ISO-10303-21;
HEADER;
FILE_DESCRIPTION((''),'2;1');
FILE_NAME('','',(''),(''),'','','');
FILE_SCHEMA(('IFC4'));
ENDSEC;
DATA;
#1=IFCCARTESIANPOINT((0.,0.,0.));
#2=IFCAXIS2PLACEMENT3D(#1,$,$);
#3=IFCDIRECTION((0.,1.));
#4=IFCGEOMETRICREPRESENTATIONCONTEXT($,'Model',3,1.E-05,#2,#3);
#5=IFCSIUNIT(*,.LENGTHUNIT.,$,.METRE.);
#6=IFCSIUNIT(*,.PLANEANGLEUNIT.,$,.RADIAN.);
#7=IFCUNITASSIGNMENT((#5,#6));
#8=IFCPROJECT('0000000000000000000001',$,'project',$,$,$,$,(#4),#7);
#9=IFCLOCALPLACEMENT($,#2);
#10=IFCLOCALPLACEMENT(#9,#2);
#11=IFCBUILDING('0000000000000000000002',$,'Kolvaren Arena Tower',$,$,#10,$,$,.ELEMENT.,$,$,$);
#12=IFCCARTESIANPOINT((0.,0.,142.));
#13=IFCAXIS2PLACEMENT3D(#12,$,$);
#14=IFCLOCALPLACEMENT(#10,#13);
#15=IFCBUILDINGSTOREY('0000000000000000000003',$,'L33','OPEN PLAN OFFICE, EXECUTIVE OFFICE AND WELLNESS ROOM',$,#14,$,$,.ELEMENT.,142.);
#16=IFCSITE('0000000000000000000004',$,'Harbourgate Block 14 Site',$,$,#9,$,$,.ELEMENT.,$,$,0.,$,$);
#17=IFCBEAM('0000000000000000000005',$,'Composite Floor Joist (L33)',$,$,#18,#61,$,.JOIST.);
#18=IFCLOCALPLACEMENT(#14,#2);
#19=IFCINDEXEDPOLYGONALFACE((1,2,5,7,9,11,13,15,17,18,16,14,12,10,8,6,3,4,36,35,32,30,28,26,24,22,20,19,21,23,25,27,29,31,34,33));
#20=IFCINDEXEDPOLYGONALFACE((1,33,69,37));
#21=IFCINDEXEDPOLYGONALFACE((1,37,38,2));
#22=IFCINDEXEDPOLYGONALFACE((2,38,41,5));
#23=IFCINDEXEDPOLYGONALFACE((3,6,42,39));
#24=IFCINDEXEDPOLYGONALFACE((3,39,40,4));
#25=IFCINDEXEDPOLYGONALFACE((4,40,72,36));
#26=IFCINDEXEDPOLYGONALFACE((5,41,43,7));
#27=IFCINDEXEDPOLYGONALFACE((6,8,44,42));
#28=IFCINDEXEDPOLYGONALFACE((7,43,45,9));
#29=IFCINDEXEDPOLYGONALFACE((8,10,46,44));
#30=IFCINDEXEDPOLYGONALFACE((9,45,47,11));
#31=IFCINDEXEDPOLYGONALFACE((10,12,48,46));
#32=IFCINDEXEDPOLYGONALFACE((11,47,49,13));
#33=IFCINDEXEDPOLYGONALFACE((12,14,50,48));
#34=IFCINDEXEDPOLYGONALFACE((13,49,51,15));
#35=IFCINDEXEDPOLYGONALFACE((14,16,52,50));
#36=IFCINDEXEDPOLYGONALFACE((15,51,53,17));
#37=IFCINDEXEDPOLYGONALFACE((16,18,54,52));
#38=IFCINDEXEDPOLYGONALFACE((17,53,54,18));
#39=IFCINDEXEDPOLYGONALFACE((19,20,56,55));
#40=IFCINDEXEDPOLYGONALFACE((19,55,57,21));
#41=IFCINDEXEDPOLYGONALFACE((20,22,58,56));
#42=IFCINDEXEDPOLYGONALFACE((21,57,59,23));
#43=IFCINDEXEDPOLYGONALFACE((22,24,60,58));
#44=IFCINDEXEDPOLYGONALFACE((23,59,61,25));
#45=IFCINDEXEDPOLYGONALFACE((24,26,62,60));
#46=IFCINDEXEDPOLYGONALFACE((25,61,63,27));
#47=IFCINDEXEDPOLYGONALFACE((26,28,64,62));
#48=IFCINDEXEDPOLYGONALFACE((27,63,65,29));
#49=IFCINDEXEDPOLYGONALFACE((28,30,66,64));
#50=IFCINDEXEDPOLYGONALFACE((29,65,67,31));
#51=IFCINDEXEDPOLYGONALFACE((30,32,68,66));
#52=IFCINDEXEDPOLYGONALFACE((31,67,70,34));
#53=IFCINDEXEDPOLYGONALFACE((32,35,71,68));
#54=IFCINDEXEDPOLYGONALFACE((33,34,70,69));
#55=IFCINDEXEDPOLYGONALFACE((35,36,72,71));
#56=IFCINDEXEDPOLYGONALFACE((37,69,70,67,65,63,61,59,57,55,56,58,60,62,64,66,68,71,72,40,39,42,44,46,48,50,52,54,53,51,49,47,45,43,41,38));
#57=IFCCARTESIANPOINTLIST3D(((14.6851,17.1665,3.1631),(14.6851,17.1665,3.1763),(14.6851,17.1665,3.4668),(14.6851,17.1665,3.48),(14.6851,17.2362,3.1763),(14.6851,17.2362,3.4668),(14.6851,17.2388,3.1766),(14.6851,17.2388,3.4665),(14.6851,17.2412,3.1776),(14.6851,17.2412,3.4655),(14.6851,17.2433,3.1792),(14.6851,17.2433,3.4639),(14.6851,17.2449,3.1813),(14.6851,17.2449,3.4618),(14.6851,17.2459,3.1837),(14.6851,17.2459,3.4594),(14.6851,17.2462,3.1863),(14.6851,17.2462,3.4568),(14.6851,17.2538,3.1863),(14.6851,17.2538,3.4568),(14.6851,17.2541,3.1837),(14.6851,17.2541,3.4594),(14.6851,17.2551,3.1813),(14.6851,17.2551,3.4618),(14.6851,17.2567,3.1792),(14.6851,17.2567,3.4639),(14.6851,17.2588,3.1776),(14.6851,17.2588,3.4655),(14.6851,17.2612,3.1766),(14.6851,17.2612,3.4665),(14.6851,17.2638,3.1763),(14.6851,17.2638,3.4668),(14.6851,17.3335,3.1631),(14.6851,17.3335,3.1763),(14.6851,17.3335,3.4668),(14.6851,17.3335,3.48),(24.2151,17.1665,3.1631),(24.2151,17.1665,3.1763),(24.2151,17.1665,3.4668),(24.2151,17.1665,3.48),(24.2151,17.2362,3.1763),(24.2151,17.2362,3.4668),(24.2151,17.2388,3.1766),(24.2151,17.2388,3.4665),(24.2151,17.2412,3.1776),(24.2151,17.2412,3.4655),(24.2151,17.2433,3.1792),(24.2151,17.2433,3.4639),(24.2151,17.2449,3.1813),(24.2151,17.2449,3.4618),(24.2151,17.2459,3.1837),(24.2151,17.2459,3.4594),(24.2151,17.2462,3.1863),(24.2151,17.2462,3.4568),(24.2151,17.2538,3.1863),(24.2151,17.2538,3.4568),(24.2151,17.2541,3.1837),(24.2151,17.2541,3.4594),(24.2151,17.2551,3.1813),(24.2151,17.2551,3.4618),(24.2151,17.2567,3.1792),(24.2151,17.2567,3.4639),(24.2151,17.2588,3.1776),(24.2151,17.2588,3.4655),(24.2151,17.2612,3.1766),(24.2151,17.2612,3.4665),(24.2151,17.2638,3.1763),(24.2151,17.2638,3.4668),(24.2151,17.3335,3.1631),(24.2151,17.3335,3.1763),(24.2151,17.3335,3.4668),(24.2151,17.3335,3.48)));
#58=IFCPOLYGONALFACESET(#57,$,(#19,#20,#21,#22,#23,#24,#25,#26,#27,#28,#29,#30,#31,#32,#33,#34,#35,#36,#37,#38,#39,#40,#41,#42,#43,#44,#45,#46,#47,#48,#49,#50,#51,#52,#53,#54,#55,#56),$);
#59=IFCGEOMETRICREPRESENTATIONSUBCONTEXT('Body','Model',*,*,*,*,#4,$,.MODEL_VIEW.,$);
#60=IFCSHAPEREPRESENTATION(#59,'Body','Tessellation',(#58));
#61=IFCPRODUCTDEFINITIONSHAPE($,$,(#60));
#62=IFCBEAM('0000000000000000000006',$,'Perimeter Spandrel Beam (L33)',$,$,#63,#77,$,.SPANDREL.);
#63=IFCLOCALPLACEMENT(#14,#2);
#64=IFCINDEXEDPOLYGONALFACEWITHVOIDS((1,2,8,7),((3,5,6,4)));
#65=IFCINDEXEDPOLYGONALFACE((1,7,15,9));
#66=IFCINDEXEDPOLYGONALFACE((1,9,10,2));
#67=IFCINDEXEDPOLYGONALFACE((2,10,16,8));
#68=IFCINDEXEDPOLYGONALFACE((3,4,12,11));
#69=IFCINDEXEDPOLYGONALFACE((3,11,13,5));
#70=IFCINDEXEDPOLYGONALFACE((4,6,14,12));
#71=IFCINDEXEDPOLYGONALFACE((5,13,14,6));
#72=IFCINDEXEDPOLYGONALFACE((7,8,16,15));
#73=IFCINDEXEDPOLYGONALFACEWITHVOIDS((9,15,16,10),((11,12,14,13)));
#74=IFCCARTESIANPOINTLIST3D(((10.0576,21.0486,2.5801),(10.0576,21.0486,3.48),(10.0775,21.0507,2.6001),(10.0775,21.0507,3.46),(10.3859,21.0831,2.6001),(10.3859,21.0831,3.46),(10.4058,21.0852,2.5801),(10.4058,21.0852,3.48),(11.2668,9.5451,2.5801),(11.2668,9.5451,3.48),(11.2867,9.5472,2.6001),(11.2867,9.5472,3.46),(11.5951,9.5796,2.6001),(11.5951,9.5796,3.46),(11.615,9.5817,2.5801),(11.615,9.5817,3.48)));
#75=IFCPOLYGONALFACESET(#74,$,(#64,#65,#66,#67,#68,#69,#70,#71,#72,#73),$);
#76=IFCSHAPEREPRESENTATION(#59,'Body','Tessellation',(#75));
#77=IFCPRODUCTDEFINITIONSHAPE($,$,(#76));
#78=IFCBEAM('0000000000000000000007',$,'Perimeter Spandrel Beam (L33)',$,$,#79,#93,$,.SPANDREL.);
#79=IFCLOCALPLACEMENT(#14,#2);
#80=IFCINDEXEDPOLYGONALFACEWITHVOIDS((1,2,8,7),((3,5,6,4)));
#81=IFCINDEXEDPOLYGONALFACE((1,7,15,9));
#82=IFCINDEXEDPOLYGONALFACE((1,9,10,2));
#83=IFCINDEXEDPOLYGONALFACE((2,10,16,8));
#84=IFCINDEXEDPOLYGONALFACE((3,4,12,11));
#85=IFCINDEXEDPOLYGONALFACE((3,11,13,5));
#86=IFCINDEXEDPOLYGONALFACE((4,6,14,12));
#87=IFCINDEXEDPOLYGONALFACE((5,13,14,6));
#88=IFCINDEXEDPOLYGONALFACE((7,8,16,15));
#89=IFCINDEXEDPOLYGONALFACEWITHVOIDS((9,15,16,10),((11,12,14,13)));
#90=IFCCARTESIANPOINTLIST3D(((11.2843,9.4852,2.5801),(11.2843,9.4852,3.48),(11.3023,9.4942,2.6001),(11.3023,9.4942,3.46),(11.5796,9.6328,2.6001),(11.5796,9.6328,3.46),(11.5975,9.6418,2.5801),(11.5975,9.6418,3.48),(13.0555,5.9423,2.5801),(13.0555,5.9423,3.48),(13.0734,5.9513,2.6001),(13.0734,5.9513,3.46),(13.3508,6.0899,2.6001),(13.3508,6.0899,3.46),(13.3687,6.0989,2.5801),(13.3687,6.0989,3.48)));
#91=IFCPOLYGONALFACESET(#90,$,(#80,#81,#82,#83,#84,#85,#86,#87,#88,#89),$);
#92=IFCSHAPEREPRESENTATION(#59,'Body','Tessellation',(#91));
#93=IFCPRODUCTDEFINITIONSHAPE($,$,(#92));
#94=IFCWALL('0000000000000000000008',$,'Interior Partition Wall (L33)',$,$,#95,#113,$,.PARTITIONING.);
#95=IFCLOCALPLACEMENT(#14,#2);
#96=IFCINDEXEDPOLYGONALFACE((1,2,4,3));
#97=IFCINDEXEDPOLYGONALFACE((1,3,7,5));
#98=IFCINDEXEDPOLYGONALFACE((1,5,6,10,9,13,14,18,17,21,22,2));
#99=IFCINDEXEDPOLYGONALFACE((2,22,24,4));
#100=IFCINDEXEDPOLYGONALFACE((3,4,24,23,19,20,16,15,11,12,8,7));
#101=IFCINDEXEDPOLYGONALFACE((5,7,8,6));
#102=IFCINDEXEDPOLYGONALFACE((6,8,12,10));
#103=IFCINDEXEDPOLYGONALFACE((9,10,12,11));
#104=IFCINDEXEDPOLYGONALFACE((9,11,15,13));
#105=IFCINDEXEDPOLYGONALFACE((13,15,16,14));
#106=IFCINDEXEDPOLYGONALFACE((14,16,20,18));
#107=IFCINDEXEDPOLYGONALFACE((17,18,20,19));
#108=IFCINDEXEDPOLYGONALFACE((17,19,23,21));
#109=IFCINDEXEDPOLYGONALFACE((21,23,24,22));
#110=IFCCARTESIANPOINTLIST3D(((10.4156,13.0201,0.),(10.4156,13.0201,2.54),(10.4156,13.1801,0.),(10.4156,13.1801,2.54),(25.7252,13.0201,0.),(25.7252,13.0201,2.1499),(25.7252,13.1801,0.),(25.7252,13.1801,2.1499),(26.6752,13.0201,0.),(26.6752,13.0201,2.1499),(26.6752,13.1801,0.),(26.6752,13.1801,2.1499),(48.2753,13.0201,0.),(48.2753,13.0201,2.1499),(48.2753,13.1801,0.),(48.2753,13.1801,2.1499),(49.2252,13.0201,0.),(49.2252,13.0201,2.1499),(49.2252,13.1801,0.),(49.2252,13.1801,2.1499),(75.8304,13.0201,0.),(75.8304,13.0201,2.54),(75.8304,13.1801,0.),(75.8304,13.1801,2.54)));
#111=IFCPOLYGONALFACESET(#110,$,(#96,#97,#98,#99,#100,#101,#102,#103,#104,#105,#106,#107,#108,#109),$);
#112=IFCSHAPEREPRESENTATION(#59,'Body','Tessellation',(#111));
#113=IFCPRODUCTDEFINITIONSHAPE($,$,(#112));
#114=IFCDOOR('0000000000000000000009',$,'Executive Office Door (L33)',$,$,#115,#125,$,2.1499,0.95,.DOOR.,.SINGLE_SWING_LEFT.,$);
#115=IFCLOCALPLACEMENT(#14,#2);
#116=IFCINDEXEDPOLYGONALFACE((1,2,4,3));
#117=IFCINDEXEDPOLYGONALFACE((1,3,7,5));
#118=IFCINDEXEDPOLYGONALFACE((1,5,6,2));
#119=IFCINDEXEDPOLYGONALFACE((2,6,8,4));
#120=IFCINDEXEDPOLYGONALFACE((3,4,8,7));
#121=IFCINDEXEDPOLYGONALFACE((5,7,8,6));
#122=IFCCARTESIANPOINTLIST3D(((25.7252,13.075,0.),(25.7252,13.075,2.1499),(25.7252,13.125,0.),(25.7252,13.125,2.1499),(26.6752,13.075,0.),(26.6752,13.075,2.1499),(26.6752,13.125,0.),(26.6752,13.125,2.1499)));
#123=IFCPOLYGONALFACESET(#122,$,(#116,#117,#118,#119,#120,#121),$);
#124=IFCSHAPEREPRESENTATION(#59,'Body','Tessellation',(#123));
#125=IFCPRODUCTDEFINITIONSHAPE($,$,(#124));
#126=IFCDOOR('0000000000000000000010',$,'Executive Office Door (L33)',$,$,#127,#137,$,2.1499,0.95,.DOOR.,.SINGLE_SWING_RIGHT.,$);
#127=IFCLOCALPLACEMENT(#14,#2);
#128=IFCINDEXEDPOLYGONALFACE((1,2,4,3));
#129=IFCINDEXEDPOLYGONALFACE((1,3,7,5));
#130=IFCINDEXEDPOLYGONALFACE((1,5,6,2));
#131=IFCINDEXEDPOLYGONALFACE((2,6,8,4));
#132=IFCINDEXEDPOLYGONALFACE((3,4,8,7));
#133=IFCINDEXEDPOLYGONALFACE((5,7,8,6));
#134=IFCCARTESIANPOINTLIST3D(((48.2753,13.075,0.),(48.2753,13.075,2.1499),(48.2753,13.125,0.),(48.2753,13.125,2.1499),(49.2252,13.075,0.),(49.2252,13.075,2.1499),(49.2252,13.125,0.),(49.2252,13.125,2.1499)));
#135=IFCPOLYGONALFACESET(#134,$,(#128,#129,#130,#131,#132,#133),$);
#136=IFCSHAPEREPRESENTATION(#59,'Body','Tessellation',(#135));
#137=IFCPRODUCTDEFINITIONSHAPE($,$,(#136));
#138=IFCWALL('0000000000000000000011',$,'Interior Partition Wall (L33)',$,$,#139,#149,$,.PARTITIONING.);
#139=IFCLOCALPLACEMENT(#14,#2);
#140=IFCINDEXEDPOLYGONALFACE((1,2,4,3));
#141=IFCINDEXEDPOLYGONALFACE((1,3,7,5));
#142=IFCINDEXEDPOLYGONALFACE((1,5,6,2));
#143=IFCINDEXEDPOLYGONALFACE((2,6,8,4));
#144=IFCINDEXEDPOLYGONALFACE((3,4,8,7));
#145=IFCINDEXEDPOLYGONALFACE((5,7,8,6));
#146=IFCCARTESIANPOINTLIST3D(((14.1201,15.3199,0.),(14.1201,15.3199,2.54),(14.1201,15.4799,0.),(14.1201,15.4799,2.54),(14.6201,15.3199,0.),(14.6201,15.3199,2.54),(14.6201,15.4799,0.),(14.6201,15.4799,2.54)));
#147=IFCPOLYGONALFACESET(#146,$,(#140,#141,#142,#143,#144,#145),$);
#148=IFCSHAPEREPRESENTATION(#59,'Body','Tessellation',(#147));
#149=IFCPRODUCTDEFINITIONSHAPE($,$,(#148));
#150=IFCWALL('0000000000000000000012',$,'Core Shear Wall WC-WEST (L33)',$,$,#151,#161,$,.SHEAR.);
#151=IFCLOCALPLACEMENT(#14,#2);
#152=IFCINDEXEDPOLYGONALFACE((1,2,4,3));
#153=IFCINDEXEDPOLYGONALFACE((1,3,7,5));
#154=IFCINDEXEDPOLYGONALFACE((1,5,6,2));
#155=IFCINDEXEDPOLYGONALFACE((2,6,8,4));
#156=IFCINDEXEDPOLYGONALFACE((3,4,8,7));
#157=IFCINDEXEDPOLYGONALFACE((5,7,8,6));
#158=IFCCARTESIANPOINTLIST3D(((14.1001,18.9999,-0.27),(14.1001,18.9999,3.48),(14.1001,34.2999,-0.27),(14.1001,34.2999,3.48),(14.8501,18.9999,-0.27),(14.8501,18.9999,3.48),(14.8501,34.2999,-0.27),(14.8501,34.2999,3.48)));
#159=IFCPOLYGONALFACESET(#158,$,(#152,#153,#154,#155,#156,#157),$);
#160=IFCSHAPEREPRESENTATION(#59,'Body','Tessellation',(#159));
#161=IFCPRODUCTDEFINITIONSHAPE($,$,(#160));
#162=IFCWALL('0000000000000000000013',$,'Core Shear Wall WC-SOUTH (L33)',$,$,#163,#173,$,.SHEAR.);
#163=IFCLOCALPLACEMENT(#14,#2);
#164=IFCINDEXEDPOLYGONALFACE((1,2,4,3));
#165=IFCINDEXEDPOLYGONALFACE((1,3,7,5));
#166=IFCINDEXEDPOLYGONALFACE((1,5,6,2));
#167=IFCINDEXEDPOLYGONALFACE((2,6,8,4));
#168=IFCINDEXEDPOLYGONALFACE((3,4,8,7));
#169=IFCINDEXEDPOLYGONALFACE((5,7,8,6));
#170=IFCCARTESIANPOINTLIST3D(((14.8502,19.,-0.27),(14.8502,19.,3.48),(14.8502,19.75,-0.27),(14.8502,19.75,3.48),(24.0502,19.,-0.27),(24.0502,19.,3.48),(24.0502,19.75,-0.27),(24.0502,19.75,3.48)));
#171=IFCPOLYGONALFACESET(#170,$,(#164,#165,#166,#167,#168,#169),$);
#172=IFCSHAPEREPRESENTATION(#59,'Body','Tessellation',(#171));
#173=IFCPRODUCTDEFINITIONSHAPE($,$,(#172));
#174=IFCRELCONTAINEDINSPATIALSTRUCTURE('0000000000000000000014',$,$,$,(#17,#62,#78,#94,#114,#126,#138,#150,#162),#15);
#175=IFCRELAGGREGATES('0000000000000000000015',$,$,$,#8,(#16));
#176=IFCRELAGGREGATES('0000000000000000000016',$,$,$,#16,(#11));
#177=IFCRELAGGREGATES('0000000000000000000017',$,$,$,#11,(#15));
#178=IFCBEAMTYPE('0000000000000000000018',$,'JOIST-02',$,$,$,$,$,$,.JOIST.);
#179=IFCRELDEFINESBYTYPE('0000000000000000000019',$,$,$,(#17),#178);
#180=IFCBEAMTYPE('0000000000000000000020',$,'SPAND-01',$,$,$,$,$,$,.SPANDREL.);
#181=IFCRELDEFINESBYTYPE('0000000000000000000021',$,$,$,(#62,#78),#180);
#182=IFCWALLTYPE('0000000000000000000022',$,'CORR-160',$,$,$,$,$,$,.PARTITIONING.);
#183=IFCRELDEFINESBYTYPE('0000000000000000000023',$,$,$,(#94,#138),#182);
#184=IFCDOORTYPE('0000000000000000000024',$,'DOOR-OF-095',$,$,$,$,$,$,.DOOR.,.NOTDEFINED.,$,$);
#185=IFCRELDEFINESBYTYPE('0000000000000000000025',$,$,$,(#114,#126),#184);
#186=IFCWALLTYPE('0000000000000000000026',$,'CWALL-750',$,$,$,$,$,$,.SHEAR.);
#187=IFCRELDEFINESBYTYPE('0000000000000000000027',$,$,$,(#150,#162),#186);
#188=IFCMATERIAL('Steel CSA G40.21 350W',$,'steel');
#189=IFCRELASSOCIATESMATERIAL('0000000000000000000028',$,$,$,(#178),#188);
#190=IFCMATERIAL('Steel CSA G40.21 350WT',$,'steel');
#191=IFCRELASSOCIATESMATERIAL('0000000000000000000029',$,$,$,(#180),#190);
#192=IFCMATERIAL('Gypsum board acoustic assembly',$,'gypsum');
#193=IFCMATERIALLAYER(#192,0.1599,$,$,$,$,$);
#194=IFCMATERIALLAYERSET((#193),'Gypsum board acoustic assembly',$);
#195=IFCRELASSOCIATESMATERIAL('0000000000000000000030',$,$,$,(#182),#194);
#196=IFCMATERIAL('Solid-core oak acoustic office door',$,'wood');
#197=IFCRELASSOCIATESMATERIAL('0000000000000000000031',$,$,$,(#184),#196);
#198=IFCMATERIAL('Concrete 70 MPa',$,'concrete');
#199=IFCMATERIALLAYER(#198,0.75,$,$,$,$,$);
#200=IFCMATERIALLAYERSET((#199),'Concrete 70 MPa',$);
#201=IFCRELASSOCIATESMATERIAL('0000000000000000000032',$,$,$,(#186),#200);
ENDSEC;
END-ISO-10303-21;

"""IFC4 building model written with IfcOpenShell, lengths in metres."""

from ifc_helpers import new_model, si_unit, direction, frame, frame_2d, origin, origin_2d, place, context, subcontext, project, spatial, rectangle, hollow_rectangle, i_section, extrude, material, layer, layer_set, material_profile, profile_set, type_object, element, fill, save


model = new_model("IFC4")

# Units and contexts
model_context = context("Model", 3, precision=1e-05, world=origin(), true_north=direction((0.0, 1.0)))
body_context = subcontext(model_context, "Body", "Model", "MODEL_VIEW")
ifc_project = project(units=[si_unit("LENGTHUNIT", "METRE"), si_unit("PLANEANGLEUNIT", "RADIAN")], contexts=[model_context])

# Site, building, storey
site_placement = place(None, origin())
site = spatial("IfcSite", under=ifc_project, at=site_placement, Name="Harbourgate Block 14 Site", CompositionType="ELEMENT", RefElevation=0.0)
building_placement = place(site_placement, origin())
building = spatial("IfcBuilding", under=site, at=building_placement, Name="Kolvaren Arena Tower", CompositionType="ELEMENT")
storey_placement = place(building_placement, frame((0.0, 0.0, 142.0)))
storey = spatial("IfcBuildingStorey", under=building, at=storey_placement, Name="L33", Description="OPEN PLAN OFFICE, EXECUTIVE OFFICE AND WELLNESS ROOM", CompositionType="ELEMENT", Elevation=142.0)

# Beams
ifc_material_1 = material(Name="Steel CSA G40.21 350W", Category="steel")
ifc_material_profile_1 = material_profile(ifc_material_1, i_section(OverallWidth=0.167, OverallDepth=0.3169, WebThickness=0.0076, FlangeThickness=0.0132, FilletRadius=0.01, at=origin_2d()), Name="W310x52")
ifc_profile_set_1 = profile_set([ifc_material_profile_1], Name="Steel CSA G40.21 350W")
beam_type_1 = type_object("IfcBeamType", Name="JOIST-02", PredefinedType="JOIST", material=ifc_profile_set_1)
beam_1_placement = place(storey_placement, frame((14.6851, 17.25, 3.3215), z_axis=(1.0, 0.0, 0.0), x_axis=(0.0, 1.0, 0.0)))
element("IfcBeam", 1, at=beam_1_placement, inside=storey, type_object=beam_type_1, Name="Composite Floor Joist (L33)", PredefinedType="JOIST", context=body_context, shape_type="SweptSolid", body=[
    extrude(i_section(OverallWidth=0.167, OverallDepth=0.3169, WebThickness=0.0076, FlangeThickness=0.0132, FilletRadius=0.01, at=origin_2d()), origin(), (0.0, 0.0, 1.0), 9.53),
])
ifc_material_2 = material(Name="Steel CSA G40.21 350WT", Category="steel")
ifc_material_profile_2 = material_profile(ifc_material_2, hollow_rectangle(XDim=0.3501, YDim=0.8999, WallThickness=0.02, at=origin_2d()), Name="HSS 900x350x20")
ifc_profile_set_2 = profile_set([ifc_material_profile_2], Name="Steel CSA G40.21 350WT")
beam_type_2 = type_object("IfcBeamType", Name="SPAND-01", PredefinedType="SPANDREL", material=ifc_profile_set_2)
beam_2_placement = place(storey_placement, frame((10.2317, 21.0669, 3.03), z_axis=(0.104543, -0.99452, 0.0), x_axis=(0.99452, 0.104543, 0.0)))
element("IfcBeam", 2, at=beam_2_placement, inside=storey, type_object=beam_type_2, Name="Perimeter Spandrel Beam (L33)", PredefinedType="SPANDREL", context=body_context, shape_type="SweptSolid", body=[
    extrude(hollow_rectangle(XDim=0.3501, YDim=0.8999, WallThickness=0.02, at=origin_2d()), origin(), (0.0, 0.0, 1.0), 11.5669),
])
beam_3_placement = place(storey_placement, frame((11.4409, 9.5635, 3.03), z_axis=(0.447164, -0.894452, 0.0), x_axis=(0.894452, 0.447164, 0.0)))
element("IfcBeam", 3, at=beam_3_placement, inside=storey, type_object=beam_type_2, Name="Perimeter Spandrel Beam (L33)", PredefinedType="SPANDREL", context=body_context, shape_type="SweptSolid", body=[
    extrude(hollow_rectangle(XDim=0.3501, YDim=0.8999, WallThickness=0.02, at=origin_2d()), origin(), (0.0, 0.0, 1.0), 3.9609),
])

# Wall, openings, doors
ifc_material_3 = material(Name="Gypsum board acoustic assembly", Category="gypsum")
ifc_layer_1 = layer(ifc_material_3, 0.1599)
ifc_layer_set_1 = layer_set([ifc_layer_1], Name="Gypsum board acoustic assembly")
wall_type_1 = type_object("IfcWallType", Name="CORR-160", PredefinedType="PARTITIONING", material=ifc_layer_set_1)
wall_1_placement = place(storey_placement, frame((10.4155, 13.1001, 0.0), z_axis=(0.0, 0.0, 1.0), x_axis=(1.0, 0.0, 0.0)))
wall_1 = element("IfcWall", 4, at=wall_1_placement, inside=storey, type_object=wall_type_1, Name="Interior Partition Wall (L33)", PredefinedType="PARTITIONING", context=body_context, shape_type="SweptSolid", body=[
    extrude(rectangle(XDim=65.4148, YDim=0.1599, at=frame_2d((32.7075, 0.0))), origin(), (0.0, 0.0, 1.0), 2.54),
])
opening_1_placement = place(wall_1_placement, frame((15.3096, 0.0, 0.0)))
opening_1 = element("IfcOpeningElement", 5, at=opening_1_placement, cuts=wall_1, PredefinedType="OPENING", context=body_context, shape_type="SweptSolid", body=[
    extrude(rectangle(XDim=0.95, YDim=2.1499, at=frame_2d((0.4751, 1.075))), frame((0.0, 0.0898, 0.0), z_axis=(0.0, -1.0, 0.0), x_axis=(1.0, 0.0, 0.0)), (0.0, 0.0, 1.0), 0.1799),
])
opening_2_placement = place(wall_1_placement, frame((37.8596, 0.0, 0.0)))
opening_2 = element("IfcOpeningElement", 6, at=opening_2_placement, cuts=wall_1, PredefinedType="OPENING", context=body_context, shape_type="SweptSolid", body=[
    extrude(rectangle(XDim=0.95, YDim=2.1499, at=frame_2d((0.4751, 1.075))), frame((0.0, 0.0898, 0.0), z_axis=(0.0, -1.0, 0.0), x_axis=(1.0, 0.0, 0.0)), (0.0, 0.0, 1.0), 0.1799),
])
ifc_material_4 = material(Name="Solid-core oak acoustic office door", Category="wood")
door_type_1 = type_object("IfcDoorType", Name="DOOR-OF-095", OperationType="NOTDEFINED", PredefinedType="DOOR", material=ifc_material_4)
door_1_placement = place(opening_1_placement, origin())
door_1 = element("IfcDoor", 7, at=door_1_placement, inside=storey, type_object=door_type_1, Name="Executive Office Door (L33)", OperationType="SINGLE_SWING_LEFT", OverallHeight=2.1499, OverallWidth=0.95, PredefinedType="DOOR", context=body_context, shape_type="SweptSolid", body=[
    extrude(rectangle(XDim=0.95, YDim=2.1499, at=frame_2d((0.4751, 1.075))), frame((0.0, 0.0249, 0.0), z_axis=(0.0, -1.0, 0.0), x_axis=(1.0, 0.0, 0.0)), (0.0, 0.0, 1.0), 0.05),
])
fill(opening_1, door_1)
door_2_placement = place(opening_2_placement, origin())
door_2 = element("IfcDoor", 8, at=door_2_placement, inside=storey, type_object=door_type_1, Name="Executive Office Door (L33)", OperationType="SINGLE_SWING_RIGHT", OverallHeight=2.1499, OverallWidth=0.95, PredefinedType="DOOR", context=body_context, shape_type="SweptSolid", body=[
    extrude(rectangle(XDim=0.95, YDim=2.1499, at=frame_2d((0.4751, 1.075))), frame((0.0, 0.0249, 0.0), z_axis=(0.0, -1.0, 0.0), x_axis=(1.0, 0.0, 0.0)), (0.0, 0.0, 1.0), 0.05),
])
fill(opening_2, door_2)

# Walls
wall_2_placement = place(storey_placement, frame((14.1201, 15.3999, 0.0), z_axis=(0.0, 0.0, 1.0), x_axis=(1.0, 0.0, 0.0)))
element("IfcWall", 9, at=wall_2_placement, inside=storey, type_object=wall_type_1, Name="Interior Partition Wall (L33)", PredefinedType="PARTITIONING", context=body_context, shape_type="SweptSolid", body=[
    extrude(rectangle(XDim=0.5, YDim=0.1599, at=frame_2d((0.25, 0.0))), origin(), (0.0, 0.0, 1.0), 2.54),
])
ifc_material_5 = material(Name="Concrete 70 MPa", Category="concrete")
ifc_layer_2 = layer(ifc_material_5, 0.75)
ifc_layer_set_2 = layer_set([ifc_layer_2], Name="Concrete 70 MPa")
wall_type_2 = type_object("IfcWallType", Name="CWALL-750", PredefinedType="SHEAR", material=ifc_layer_set_2)
wall_3_placement = place(storey_placement, frame((14.4751, 19.0, -0.27), z_axis=(0.0, 0.0, 1.0), x_axis=(0.0, 1.0, 0.0)))
element("IfcWall", 10, at=wall_3_placement, inside=storey, type_object=wall_type_2, Name="Core Shear Wall WC-WEST (L33)", PredefinedType="SHEAR", context=body_context, shape_type="SweptSolid", body=[
    extrude(rectangle(XDim=15.3, YDim=0.75, at=frame_2d((7.6499, 0.0))), origin(), (0.0, 0.0, 1.0), 3.75),
])
wall_4_placement = place(storey_placement, frame((14.8501, 19.375, -0.27), z_axis=(0.0, 0.0, 1.0), x_axis=(1.0, 0.0, 0.0)))
element("IfcWall", 11, at=wall_4_placement, inside=storey, type_object=wall_type_2, Name="Core Shear Wall WC-SOUTH (L33)", PredefinedType="SHEAR", context=body_context, shape_type="SweptSolid", body=[
    extrude(rectangle(XDim=9.2, YDim=0.75, at=frame_2d((4.6001, 0.0))), origin(), (0.0, 0.0, 1.0), 3.75),
])

save(model, "model.ifc")
